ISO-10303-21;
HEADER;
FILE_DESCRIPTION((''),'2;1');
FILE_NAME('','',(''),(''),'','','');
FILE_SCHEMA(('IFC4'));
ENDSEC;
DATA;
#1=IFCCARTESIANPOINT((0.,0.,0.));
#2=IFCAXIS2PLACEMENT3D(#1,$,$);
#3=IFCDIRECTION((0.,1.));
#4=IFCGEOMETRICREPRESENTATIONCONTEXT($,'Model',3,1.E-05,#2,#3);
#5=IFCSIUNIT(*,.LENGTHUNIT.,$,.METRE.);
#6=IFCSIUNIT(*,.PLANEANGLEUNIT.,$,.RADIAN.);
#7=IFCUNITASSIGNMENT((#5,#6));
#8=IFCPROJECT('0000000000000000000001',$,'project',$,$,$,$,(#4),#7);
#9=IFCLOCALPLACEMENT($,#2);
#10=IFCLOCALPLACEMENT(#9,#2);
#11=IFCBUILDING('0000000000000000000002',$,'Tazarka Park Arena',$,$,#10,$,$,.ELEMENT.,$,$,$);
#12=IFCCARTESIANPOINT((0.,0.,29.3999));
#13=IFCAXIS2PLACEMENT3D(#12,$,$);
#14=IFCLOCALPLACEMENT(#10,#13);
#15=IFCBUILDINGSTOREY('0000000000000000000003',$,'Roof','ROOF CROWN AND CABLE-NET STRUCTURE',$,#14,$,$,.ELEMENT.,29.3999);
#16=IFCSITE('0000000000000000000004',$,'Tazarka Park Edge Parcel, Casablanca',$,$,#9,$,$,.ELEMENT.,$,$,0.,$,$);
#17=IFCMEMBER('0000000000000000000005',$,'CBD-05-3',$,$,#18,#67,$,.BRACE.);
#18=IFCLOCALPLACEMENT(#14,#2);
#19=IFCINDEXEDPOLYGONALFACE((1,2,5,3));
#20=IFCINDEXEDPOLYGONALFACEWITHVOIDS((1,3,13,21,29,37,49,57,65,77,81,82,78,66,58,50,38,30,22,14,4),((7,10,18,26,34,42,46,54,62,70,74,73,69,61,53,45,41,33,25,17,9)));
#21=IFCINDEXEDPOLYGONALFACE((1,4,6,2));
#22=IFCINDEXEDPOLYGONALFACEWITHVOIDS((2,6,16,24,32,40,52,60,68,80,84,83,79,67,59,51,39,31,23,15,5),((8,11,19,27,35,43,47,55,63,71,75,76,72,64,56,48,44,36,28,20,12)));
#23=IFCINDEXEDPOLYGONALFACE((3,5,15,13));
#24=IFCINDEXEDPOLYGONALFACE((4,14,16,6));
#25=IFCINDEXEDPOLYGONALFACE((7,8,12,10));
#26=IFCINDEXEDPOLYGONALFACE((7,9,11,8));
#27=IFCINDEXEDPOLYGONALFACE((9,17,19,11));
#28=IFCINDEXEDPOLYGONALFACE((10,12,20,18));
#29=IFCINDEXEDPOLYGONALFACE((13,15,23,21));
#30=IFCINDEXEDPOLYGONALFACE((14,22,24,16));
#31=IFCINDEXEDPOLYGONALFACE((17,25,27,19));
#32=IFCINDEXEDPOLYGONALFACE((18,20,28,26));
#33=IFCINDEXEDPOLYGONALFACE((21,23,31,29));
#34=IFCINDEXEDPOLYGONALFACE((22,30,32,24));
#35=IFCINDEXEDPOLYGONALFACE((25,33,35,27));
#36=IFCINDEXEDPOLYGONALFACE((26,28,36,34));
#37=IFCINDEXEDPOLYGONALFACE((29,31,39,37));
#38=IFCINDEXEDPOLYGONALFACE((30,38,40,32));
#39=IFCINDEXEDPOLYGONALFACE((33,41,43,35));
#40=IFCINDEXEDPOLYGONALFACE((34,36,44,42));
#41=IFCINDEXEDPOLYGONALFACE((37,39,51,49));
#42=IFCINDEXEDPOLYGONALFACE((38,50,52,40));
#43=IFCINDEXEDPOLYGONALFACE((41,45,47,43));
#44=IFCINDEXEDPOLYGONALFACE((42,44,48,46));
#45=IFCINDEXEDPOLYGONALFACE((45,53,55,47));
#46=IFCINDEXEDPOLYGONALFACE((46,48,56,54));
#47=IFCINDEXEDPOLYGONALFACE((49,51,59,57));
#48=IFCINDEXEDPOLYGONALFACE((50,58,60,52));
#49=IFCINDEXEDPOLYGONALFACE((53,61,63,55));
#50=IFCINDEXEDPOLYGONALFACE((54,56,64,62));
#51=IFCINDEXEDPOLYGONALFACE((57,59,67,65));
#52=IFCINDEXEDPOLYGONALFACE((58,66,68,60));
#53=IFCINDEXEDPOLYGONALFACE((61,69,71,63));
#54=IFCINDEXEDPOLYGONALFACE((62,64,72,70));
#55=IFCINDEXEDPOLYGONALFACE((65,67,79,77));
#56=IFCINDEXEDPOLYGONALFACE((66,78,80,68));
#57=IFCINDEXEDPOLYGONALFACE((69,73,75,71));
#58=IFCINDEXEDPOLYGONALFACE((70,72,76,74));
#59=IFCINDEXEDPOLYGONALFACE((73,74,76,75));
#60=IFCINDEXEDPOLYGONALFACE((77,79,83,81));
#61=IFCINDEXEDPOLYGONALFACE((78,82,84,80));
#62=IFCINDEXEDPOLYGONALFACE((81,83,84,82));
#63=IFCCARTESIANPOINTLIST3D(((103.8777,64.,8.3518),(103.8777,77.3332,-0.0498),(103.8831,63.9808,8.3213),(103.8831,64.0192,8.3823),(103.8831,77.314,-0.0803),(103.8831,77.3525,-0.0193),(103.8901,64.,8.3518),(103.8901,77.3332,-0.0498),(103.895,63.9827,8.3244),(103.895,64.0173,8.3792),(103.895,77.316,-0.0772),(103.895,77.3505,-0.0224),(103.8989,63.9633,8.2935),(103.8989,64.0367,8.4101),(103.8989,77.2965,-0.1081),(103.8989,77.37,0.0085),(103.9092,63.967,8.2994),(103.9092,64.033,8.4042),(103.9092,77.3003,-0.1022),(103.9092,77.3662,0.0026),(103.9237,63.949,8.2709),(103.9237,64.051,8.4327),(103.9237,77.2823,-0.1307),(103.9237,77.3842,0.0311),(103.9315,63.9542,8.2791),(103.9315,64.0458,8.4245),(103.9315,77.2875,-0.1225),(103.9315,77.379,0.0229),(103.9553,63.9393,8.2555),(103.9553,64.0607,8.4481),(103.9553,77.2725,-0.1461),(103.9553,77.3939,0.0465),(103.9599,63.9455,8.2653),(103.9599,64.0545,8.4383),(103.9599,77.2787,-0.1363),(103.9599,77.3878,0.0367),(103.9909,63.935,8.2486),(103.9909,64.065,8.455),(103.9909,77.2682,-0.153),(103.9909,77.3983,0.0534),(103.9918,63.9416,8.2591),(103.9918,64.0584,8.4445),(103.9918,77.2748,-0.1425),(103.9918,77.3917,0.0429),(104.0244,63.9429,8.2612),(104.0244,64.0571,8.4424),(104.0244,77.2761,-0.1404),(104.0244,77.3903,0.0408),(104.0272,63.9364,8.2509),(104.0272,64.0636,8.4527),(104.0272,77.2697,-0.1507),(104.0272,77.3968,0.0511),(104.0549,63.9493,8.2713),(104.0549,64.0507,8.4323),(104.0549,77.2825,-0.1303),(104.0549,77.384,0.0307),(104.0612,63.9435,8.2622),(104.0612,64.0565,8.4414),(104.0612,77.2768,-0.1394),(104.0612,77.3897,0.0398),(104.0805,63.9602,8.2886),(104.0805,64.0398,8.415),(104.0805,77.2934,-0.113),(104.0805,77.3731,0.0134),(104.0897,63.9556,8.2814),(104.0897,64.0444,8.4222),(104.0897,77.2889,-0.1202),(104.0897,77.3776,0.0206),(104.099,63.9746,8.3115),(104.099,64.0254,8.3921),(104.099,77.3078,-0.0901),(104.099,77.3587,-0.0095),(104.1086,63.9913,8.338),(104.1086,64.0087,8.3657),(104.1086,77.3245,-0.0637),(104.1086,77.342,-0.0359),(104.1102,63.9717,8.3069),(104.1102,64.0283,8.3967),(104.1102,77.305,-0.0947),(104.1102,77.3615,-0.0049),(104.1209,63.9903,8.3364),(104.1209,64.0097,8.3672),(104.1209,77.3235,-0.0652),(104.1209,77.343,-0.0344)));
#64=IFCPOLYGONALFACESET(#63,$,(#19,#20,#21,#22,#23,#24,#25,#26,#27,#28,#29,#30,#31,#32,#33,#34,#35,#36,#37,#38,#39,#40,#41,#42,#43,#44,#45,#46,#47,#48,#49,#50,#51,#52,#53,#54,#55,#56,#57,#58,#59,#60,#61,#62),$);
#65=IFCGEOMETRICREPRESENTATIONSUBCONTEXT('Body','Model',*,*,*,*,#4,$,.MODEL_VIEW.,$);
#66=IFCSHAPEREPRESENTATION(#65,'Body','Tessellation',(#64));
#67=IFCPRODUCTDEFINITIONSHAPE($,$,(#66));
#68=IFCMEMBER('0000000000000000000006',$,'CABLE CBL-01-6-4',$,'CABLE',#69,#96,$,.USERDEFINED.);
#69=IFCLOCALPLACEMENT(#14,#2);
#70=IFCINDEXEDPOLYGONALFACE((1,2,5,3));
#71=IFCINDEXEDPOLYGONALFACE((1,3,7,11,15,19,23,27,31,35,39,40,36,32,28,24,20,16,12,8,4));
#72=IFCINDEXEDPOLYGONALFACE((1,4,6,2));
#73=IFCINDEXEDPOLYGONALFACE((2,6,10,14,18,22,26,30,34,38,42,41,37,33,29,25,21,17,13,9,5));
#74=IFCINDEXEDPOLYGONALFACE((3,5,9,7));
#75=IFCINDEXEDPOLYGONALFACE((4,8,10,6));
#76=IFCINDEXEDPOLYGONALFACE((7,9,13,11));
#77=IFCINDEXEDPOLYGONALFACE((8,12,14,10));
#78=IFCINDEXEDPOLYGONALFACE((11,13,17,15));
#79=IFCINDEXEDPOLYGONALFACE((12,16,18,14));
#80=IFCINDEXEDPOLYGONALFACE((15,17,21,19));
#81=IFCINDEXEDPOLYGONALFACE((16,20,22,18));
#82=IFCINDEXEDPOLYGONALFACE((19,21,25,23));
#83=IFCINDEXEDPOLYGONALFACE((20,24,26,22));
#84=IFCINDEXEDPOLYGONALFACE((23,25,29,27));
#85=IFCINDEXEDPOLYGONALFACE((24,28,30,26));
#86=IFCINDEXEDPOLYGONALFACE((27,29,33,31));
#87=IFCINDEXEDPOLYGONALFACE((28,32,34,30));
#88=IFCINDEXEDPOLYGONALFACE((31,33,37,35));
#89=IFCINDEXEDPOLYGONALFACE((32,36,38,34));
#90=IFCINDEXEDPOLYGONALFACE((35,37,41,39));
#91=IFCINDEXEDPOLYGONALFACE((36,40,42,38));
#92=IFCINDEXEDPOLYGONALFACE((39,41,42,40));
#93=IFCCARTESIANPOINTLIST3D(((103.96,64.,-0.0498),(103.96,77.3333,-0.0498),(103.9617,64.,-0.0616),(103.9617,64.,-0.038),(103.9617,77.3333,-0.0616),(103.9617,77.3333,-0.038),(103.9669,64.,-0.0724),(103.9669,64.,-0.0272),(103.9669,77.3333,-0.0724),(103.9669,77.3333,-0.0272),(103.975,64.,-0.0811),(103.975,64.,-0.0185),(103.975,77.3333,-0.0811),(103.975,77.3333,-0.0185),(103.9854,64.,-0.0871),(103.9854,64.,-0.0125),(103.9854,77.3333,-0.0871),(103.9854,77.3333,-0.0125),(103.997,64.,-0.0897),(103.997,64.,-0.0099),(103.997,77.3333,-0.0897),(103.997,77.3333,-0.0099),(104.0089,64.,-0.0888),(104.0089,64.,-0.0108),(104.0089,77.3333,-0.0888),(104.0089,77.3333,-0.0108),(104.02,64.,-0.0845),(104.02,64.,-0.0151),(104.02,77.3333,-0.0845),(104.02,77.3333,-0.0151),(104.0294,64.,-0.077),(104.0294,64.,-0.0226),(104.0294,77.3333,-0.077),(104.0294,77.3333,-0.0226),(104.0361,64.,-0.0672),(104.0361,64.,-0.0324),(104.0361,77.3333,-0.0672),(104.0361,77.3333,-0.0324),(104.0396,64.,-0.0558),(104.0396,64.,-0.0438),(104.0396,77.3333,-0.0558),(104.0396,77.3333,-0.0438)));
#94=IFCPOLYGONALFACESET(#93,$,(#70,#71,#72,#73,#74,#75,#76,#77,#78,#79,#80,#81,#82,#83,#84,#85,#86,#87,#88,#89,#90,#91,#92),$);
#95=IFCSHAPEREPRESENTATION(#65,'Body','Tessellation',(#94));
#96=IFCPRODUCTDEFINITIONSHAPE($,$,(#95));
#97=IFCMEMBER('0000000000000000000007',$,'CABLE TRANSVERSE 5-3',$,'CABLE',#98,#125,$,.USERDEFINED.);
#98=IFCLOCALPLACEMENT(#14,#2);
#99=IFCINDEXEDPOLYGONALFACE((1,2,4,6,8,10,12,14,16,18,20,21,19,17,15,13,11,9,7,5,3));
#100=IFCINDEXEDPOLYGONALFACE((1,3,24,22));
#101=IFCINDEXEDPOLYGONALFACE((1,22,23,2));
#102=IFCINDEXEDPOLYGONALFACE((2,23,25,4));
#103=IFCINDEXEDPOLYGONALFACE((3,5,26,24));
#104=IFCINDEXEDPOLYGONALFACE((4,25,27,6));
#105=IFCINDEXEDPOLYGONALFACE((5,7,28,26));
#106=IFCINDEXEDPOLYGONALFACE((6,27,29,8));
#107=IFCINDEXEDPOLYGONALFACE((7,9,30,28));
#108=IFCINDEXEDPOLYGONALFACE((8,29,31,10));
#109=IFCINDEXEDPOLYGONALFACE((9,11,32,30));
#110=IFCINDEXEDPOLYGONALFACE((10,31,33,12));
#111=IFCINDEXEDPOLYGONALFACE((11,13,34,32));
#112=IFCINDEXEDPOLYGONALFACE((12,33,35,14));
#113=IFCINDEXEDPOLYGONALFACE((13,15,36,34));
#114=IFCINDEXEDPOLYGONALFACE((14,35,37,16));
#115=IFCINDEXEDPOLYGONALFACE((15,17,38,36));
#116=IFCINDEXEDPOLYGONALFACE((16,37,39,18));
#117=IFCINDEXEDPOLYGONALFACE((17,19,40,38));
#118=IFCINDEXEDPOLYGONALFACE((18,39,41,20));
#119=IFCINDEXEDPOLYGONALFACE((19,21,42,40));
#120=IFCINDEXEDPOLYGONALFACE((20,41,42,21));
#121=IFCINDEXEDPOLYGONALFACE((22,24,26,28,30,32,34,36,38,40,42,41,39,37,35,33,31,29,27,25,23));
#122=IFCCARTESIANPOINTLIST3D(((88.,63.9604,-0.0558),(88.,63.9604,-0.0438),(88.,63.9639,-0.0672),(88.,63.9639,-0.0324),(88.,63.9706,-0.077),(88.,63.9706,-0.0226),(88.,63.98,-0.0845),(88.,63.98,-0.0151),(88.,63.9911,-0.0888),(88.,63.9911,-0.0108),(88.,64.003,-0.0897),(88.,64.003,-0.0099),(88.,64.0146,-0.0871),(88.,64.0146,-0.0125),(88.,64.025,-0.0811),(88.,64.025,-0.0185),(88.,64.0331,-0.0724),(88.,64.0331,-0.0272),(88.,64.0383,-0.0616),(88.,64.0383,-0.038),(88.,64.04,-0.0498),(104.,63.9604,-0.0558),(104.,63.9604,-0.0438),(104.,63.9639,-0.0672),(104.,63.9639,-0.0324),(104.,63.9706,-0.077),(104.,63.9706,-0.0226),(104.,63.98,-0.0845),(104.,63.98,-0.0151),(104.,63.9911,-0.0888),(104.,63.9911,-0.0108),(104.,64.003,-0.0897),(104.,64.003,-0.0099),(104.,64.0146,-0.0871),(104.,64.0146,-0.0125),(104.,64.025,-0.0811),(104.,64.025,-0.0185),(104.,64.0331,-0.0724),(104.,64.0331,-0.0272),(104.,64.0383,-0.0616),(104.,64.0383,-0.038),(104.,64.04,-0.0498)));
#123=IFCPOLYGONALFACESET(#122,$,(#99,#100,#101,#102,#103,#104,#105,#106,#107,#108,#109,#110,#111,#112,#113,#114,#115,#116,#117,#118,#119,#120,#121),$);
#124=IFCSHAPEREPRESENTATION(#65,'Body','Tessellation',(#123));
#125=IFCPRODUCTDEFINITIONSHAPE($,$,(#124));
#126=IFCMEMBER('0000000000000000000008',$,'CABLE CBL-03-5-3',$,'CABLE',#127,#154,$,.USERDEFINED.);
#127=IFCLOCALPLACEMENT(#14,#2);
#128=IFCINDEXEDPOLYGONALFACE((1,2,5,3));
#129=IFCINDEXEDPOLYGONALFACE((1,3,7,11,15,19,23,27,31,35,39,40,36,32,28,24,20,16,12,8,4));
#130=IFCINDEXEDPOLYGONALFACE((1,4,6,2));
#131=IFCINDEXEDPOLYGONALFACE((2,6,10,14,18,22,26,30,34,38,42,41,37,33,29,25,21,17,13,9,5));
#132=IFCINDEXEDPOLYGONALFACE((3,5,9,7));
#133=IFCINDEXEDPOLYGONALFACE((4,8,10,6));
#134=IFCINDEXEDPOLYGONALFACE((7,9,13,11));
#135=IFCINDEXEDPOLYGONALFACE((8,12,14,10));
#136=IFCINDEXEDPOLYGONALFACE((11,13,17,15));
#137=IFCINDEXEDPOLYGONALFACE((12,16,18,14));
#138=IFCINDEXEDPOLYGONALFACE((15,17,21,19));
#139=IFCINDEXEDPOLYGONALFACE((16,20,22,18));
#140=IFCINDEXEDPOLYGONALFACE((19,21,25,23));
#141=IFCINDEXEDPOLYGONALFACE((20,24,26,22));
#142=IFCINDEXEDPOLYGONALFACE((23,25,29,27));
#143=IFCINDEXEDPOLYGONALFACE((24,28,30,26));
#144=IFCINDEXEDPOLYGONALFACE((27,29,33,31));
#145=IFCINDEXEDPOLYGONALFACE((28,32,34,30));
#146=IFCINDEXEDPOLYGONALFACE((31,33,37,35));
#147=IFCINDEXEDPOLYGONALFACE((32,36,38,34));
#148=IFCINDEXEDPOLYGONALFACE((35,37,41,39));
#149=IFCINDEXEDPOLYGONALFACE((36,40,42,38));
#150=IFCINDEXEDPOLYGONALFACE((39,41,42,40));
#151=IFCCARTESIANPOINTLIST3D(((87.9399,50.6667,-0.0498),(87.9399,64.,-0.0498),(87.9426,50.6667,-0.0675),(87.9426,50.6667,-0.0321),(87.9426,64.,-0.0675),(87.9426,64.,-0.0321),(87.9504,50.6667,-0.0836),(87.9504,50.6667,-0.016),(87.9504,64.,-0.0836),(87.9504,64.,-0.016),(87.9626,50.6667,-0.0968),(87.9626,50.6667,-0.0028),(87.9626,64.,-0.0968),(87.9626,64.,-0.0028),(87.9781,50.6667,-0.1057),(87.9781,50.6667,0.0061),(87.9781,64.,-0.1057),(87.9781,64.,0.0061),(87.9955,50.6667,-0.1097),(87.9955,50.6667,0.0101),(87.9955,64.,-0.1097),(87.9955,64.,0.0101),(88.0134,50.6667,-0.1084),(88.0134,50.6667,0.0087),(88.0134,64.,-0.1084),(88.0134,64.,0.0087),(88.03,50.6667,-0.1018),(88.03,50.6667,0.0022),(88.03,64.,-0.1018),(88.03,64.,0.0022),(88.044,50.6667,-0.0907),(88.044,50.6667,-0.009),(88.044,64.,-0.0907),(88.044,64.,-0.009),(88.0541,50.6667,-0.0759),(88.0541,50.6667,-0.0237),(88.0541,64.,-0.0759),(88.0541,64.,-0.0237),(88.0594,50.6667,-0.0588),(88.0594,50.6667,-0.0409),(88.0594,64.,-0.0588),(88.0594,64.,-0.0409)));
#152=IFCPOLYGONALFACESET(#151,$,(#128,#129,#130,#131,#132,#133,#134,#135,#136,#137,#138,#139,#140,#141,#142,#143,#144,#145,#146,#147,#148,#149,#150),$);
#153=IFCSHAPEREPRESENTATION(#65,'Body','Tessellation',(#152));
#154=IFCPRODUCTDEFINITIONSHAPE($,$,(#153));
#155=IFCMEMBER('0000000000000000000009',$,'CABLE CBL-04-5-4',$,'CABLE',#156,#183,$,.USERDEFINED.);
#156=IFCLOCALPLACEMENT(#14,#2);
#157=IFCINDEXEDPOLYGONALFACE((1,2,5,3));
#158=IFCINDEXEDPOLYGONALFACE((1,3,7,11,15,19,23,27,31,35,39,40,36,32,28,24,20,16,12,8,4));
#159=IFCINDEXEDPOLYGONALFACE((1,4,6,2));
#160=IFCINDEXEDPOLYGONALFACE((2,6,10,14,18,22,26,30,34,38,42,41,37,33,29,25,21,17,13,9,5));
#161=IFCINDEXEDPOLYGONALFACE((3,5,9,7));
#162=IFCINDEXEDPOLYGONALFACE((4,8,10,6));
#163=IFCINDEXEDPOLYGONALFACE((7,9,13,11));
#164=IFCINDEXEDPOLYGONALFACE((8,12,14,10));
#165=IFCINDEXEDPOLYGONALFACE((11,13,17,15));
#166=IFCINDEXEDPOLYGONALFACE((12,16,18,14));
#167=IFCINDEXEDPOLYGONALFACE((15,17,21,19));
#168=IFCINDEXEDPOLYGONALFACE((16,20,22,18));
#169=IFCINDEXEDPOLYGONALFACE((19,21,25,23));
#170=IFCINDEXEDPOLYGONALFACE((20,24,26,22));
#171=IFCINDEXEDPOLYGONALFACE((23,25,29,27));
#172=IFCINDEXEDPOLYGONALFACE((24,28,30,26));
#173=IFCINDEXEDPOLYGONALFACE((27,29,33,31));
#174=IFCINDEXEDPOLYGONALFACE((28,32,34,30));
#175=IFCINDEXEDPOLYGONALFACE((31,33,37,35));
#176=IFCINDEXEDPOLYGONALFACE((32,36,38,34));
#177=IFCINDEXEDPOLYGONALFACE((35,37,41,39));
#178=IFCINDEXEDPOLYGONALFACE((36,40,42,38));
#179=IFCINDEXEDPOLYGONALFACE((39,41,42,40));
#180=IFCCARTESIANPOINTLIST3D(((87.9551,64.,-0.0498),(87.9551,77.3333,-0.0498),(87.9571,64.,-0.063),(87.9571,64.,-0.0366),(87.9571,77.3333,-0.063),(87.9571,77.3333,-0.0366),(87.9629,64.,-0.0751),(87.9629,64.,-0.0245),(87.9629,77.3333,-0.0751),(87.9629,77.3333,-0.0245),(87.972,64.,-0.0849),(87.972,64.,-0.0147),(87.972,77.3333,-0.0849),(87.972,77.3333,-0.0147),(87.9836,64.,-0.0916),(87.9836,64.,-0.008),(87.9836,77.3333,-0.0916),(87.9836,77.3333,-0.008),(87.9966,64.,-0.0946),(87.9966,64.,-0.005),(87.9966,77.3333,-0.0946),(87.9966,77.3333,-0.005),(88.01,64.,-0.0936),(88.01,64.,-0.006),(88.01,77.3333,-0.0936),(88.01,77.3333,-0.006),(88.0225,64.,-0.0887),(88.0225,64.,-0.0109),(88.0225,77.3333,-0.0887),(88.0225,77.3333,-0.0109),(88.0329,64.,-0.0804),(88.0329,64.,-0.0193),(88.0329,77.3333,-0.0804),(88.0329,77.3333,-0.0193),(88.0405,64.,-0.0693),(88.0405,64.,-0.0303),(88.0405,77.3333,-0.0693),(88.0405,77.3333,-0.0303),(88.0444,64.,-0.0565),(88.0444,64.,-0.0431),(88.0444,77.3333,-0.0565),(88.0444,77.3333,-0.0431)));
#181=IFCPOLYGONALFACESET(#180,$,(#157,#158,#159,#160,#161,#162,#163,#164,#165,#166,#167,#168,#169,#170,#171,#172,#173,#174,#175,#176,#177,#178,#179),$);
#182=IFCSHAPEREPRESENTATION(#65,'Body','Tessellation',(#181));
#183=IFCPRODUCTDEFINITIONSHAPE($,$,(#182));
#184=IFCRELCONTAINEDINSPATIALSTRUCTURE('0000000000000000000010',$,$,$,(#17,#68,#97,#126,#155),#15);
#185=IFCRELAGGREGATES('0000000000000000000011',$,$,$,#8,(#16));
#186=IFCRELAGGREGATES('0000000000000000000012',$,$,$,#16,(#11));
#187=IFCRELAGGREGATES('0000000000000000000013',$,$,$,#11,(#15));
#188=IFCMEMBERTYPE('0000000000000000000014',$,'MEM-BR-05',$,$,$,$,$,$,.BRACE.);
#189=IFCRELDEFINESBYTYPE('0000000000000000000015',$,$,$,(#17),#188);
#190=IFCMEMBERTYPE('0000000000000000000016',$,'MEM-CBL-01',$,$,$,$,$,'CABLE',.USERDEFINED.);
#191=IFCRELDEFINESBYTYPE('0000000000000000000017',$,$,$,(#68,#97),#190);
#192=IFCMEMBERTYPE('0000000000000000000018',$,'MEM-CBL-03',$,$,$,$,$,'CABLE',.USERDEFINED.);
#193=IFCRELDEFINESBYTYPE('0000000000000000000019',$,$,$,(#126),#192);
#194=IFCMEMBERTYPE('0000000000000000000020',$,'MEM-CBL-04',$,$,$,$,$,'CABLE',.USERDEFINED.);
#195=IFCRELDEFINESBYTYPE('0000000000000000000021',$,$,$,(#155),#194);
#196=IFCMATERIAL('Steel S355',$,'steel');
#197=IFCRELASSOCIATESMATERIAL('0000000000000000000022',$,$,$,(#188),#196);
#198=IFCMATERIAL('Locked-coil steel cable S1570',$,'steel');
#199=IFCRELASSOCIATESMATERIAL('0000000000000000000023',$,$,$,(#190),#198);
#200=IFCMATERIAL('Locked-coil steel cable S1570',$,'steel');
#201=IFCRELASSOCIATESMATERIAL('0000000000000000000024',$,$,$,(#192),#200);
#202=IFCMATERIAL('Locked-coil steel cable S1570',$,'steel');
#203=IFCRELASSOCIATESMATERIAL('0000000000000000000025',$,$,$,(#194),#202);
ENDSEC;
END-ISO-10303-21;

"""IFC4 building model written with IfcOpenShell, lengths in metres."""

from ifc_helpers import new_model, si_unit, direction, frame, origin, origin_2d, place, context, subcontext, project, spatial, circle, hollow_circle, extrude, material, material_profile, profile_set, type_object, element, save


model = new_model("IFC4")

# Units and contexts
model_context = context("Model", 3, precision=1e-05, world=origin(), true_north=direction((0.0, 1.0)))
body_context = subcontext(model_context, "Body", "Model", "MODEL_VIEW")
ifc_project = project(units=[si_unit("LENGTHUNIT", "METRE"), si_unit("PLANEANGLEUNIT", "RADIAN")], contexts=[model_context])

# Site, building, storey
site_placement = place(None, origin())
site = spatial("IfcSite", under=ifc_project, at=site_placement, Name="Tazarka Park Edge Parcel, Casablanca", CompositionType="ELEMENT", RefElevation=0.0)
building_placement = place(site_placement, origin())
building = spatial("IfcBuilding", under=site, at=building_placement, Name="Tazarka Park Arena", CompositionType="ELEMENT")
storey_placement = place(building_placement, frame((0.0, 0.0, 29.3999)))
storey = spatial("IfcBuildingStorey", under=building, at=storey_placement, Name="Roof", Description="ROOF CROWN AND CABLE-NET STRUCTURE", CompositionType="ELEMENT", Elevation=29.3999)

# Members
ifc_material_1 = material(Name="Steel S355", Category="steel")
ifc_material_profile_1 = material_profile(ifc_material_1, hollow_circle(Radius=0.1223, WallThickness=0.0125, at=origin_2d()), Name="Steel S355")
ifc_profile_set_1 = profile_set([ifc_material_profile_1], Name="Steel S355")
member_type_1 = type_object("IfcMemberType", Name="MEM-BR-05", PredefinedType="BRACE", material=ifc_profile_set_1)
for number, where, z_axis, x_axis, name in (
    (1, (104.0, 64.0, 8.3518), (0.0, 0.846044, -0.533113), (-1.0, 0.0, 0.0), "CBD-05-3"),
):
    element("IfcMember", number, at=place(storey_placement, frame(where, z_axis=z_axis, x_axis=x_axis)), inside=storey, type_object=member_type_1, Name=name, PredefinedType="BRACE", context=body_context, shape_type="SweptSolid", body=[
        extrude(hollow_circle(Radius=0.1223, WallThickness=0.0125, at=origin_2d()), origin(), (0.0, 0.0, 1.0), 15.7595),
    ])
ifc_material_2 = material(Name="Locked-coil steel cable S1570", Category="steel")
ifc_material_profile_2 = material_profile(ifc_material_2, circle(Radius=0.04, at=origin_2d()), Name="Locked-coil steel cable S1570")
ifc_profile_set_2 = profile_set([ifc_material_profile_2], Name="Locked-coil steel cable S1570")
member_type_2 = type_object("IfcMemberType", Name="MEM-CBL-01", ElementType="CABLE", PredefinedType="USERDEFINED", material=ifc_profile_set_2)
member_1_placement = place(storey_placement, frame((104.0, 64.0, -0.0498), z_axis=(0.0, 1.0, 0.0), x_axis=(-1.0, 0.0, 0.0)))
element("IfcMember", 2, at=member_1_placement, inside=storey, type_object=member_type_2, Name="CABLE CBL-01-6-4", ObjectType="CABLE", PredefinedType="USERDEFINED", context=body_context, shape_type="SweptSolid", body=[
    extrude(circle(Radius=0.04, at=origin_2d()), origin(), (0.0, 0.0, 1.0), 13.3333),
])
member_2_placement = place(storey_placement, frame((88.0, 64.0, -0.0498), z_axis=(1.0, 0.0, 0.0), x_axis=(0.0, 1.0, 0.0)))
element("IfcMember", 3, at=member_2_placement, inside=storey, type_object=member_type_2, Name="CABLE TRANSVERSE 5-3", ObjectType="CABLE", PredefinedType="USERDEFINED", context=body_context, shape_type="SweptSolid", body=[
    extrude(circle(Radius=0.04, at=origin_2d()), origin(), (0.0, 0.0, 1.0), 16.0),
])
ifc_material_3 = material(Name="Locked-coil steel cable S1570", Category="steel")
ifc_material_profile_3 = material_profile(ifc_material_3, circle(Radius=0.0601, at=origin_2d()), Name="Locked-coil steel cable S1570")
ifc_profile_set_3 = profile_set([ifc_material_profile_3], Name="Locked-coil steel cable S1570")
member_type_3 = type_object("IfcMemberType", Name="MEM-CBL-03", ElementType="CABLE", PredefinedType="USERDEFINED", material=ifc_profile_set_3)
member_3_placement = place(storey_placement, frame((88.0, 50.6667, -0.0498), z_axis=(0.0, 1.0, 0.0), x_axis=(-1.0, 0.0, 0.0)))
element("IfcMember", 4, at=member_3_placement, inside=storey, type_object=member_type_3, Name="CABLE CBL-03-5-3", ObjectType="CABLE", PredefinedType="USERDEFINED", context=body_context, shape_type="SweptSolid", body=[
    extrude(circle(Radius=0.0601, at=origin_2d()), origin(), (0.0, 0.0, 1.0), 13.3333),
])
ifc_material_4 = material(Name="Locked-coil steel cable S1570", Category="steel")
ifc_material_profile_4 = material_profile(ifc_material_4, circle(Radius=0.0449, at=origin_2d()), Name="Locked-coil steel cable S1570")
ifc_profile_set_4 = profile_set([ifc_material_profile_4], Name="Locked-coil steel cable S1570")
member_type_4 = type_object("IfcMemberType", Name="MEM-CBL-04", ElementType="CABLE", PredefinedType="USERDEFINED", material=ifc_profile_set_4)
for number, where, z_axis, x_axis, name in (
    (5, (88.0, 64.0, -0.0498), (0.0, 1.0, 0.0), (-1.0, 0.0, 0.0), "CABLE CBL-04-5-4"),
):
    element("IfcMember", number, at=place(storey_placement, frame(where, z_axis=z_axis, x_axis=x_axis)), inside=storey, type_object=member_type_4, Name=name, ObjectType="CABLE", PredefinedType="USERDEFINED", context=body_context, shape_type="SweptSolid", body=[
        extrude(circle(Radius=0.0449, at=origin_2d()), origin(), (0.0, 0.0, 1.0), 13.3333),
    ])

save(model, "model.ifc")
